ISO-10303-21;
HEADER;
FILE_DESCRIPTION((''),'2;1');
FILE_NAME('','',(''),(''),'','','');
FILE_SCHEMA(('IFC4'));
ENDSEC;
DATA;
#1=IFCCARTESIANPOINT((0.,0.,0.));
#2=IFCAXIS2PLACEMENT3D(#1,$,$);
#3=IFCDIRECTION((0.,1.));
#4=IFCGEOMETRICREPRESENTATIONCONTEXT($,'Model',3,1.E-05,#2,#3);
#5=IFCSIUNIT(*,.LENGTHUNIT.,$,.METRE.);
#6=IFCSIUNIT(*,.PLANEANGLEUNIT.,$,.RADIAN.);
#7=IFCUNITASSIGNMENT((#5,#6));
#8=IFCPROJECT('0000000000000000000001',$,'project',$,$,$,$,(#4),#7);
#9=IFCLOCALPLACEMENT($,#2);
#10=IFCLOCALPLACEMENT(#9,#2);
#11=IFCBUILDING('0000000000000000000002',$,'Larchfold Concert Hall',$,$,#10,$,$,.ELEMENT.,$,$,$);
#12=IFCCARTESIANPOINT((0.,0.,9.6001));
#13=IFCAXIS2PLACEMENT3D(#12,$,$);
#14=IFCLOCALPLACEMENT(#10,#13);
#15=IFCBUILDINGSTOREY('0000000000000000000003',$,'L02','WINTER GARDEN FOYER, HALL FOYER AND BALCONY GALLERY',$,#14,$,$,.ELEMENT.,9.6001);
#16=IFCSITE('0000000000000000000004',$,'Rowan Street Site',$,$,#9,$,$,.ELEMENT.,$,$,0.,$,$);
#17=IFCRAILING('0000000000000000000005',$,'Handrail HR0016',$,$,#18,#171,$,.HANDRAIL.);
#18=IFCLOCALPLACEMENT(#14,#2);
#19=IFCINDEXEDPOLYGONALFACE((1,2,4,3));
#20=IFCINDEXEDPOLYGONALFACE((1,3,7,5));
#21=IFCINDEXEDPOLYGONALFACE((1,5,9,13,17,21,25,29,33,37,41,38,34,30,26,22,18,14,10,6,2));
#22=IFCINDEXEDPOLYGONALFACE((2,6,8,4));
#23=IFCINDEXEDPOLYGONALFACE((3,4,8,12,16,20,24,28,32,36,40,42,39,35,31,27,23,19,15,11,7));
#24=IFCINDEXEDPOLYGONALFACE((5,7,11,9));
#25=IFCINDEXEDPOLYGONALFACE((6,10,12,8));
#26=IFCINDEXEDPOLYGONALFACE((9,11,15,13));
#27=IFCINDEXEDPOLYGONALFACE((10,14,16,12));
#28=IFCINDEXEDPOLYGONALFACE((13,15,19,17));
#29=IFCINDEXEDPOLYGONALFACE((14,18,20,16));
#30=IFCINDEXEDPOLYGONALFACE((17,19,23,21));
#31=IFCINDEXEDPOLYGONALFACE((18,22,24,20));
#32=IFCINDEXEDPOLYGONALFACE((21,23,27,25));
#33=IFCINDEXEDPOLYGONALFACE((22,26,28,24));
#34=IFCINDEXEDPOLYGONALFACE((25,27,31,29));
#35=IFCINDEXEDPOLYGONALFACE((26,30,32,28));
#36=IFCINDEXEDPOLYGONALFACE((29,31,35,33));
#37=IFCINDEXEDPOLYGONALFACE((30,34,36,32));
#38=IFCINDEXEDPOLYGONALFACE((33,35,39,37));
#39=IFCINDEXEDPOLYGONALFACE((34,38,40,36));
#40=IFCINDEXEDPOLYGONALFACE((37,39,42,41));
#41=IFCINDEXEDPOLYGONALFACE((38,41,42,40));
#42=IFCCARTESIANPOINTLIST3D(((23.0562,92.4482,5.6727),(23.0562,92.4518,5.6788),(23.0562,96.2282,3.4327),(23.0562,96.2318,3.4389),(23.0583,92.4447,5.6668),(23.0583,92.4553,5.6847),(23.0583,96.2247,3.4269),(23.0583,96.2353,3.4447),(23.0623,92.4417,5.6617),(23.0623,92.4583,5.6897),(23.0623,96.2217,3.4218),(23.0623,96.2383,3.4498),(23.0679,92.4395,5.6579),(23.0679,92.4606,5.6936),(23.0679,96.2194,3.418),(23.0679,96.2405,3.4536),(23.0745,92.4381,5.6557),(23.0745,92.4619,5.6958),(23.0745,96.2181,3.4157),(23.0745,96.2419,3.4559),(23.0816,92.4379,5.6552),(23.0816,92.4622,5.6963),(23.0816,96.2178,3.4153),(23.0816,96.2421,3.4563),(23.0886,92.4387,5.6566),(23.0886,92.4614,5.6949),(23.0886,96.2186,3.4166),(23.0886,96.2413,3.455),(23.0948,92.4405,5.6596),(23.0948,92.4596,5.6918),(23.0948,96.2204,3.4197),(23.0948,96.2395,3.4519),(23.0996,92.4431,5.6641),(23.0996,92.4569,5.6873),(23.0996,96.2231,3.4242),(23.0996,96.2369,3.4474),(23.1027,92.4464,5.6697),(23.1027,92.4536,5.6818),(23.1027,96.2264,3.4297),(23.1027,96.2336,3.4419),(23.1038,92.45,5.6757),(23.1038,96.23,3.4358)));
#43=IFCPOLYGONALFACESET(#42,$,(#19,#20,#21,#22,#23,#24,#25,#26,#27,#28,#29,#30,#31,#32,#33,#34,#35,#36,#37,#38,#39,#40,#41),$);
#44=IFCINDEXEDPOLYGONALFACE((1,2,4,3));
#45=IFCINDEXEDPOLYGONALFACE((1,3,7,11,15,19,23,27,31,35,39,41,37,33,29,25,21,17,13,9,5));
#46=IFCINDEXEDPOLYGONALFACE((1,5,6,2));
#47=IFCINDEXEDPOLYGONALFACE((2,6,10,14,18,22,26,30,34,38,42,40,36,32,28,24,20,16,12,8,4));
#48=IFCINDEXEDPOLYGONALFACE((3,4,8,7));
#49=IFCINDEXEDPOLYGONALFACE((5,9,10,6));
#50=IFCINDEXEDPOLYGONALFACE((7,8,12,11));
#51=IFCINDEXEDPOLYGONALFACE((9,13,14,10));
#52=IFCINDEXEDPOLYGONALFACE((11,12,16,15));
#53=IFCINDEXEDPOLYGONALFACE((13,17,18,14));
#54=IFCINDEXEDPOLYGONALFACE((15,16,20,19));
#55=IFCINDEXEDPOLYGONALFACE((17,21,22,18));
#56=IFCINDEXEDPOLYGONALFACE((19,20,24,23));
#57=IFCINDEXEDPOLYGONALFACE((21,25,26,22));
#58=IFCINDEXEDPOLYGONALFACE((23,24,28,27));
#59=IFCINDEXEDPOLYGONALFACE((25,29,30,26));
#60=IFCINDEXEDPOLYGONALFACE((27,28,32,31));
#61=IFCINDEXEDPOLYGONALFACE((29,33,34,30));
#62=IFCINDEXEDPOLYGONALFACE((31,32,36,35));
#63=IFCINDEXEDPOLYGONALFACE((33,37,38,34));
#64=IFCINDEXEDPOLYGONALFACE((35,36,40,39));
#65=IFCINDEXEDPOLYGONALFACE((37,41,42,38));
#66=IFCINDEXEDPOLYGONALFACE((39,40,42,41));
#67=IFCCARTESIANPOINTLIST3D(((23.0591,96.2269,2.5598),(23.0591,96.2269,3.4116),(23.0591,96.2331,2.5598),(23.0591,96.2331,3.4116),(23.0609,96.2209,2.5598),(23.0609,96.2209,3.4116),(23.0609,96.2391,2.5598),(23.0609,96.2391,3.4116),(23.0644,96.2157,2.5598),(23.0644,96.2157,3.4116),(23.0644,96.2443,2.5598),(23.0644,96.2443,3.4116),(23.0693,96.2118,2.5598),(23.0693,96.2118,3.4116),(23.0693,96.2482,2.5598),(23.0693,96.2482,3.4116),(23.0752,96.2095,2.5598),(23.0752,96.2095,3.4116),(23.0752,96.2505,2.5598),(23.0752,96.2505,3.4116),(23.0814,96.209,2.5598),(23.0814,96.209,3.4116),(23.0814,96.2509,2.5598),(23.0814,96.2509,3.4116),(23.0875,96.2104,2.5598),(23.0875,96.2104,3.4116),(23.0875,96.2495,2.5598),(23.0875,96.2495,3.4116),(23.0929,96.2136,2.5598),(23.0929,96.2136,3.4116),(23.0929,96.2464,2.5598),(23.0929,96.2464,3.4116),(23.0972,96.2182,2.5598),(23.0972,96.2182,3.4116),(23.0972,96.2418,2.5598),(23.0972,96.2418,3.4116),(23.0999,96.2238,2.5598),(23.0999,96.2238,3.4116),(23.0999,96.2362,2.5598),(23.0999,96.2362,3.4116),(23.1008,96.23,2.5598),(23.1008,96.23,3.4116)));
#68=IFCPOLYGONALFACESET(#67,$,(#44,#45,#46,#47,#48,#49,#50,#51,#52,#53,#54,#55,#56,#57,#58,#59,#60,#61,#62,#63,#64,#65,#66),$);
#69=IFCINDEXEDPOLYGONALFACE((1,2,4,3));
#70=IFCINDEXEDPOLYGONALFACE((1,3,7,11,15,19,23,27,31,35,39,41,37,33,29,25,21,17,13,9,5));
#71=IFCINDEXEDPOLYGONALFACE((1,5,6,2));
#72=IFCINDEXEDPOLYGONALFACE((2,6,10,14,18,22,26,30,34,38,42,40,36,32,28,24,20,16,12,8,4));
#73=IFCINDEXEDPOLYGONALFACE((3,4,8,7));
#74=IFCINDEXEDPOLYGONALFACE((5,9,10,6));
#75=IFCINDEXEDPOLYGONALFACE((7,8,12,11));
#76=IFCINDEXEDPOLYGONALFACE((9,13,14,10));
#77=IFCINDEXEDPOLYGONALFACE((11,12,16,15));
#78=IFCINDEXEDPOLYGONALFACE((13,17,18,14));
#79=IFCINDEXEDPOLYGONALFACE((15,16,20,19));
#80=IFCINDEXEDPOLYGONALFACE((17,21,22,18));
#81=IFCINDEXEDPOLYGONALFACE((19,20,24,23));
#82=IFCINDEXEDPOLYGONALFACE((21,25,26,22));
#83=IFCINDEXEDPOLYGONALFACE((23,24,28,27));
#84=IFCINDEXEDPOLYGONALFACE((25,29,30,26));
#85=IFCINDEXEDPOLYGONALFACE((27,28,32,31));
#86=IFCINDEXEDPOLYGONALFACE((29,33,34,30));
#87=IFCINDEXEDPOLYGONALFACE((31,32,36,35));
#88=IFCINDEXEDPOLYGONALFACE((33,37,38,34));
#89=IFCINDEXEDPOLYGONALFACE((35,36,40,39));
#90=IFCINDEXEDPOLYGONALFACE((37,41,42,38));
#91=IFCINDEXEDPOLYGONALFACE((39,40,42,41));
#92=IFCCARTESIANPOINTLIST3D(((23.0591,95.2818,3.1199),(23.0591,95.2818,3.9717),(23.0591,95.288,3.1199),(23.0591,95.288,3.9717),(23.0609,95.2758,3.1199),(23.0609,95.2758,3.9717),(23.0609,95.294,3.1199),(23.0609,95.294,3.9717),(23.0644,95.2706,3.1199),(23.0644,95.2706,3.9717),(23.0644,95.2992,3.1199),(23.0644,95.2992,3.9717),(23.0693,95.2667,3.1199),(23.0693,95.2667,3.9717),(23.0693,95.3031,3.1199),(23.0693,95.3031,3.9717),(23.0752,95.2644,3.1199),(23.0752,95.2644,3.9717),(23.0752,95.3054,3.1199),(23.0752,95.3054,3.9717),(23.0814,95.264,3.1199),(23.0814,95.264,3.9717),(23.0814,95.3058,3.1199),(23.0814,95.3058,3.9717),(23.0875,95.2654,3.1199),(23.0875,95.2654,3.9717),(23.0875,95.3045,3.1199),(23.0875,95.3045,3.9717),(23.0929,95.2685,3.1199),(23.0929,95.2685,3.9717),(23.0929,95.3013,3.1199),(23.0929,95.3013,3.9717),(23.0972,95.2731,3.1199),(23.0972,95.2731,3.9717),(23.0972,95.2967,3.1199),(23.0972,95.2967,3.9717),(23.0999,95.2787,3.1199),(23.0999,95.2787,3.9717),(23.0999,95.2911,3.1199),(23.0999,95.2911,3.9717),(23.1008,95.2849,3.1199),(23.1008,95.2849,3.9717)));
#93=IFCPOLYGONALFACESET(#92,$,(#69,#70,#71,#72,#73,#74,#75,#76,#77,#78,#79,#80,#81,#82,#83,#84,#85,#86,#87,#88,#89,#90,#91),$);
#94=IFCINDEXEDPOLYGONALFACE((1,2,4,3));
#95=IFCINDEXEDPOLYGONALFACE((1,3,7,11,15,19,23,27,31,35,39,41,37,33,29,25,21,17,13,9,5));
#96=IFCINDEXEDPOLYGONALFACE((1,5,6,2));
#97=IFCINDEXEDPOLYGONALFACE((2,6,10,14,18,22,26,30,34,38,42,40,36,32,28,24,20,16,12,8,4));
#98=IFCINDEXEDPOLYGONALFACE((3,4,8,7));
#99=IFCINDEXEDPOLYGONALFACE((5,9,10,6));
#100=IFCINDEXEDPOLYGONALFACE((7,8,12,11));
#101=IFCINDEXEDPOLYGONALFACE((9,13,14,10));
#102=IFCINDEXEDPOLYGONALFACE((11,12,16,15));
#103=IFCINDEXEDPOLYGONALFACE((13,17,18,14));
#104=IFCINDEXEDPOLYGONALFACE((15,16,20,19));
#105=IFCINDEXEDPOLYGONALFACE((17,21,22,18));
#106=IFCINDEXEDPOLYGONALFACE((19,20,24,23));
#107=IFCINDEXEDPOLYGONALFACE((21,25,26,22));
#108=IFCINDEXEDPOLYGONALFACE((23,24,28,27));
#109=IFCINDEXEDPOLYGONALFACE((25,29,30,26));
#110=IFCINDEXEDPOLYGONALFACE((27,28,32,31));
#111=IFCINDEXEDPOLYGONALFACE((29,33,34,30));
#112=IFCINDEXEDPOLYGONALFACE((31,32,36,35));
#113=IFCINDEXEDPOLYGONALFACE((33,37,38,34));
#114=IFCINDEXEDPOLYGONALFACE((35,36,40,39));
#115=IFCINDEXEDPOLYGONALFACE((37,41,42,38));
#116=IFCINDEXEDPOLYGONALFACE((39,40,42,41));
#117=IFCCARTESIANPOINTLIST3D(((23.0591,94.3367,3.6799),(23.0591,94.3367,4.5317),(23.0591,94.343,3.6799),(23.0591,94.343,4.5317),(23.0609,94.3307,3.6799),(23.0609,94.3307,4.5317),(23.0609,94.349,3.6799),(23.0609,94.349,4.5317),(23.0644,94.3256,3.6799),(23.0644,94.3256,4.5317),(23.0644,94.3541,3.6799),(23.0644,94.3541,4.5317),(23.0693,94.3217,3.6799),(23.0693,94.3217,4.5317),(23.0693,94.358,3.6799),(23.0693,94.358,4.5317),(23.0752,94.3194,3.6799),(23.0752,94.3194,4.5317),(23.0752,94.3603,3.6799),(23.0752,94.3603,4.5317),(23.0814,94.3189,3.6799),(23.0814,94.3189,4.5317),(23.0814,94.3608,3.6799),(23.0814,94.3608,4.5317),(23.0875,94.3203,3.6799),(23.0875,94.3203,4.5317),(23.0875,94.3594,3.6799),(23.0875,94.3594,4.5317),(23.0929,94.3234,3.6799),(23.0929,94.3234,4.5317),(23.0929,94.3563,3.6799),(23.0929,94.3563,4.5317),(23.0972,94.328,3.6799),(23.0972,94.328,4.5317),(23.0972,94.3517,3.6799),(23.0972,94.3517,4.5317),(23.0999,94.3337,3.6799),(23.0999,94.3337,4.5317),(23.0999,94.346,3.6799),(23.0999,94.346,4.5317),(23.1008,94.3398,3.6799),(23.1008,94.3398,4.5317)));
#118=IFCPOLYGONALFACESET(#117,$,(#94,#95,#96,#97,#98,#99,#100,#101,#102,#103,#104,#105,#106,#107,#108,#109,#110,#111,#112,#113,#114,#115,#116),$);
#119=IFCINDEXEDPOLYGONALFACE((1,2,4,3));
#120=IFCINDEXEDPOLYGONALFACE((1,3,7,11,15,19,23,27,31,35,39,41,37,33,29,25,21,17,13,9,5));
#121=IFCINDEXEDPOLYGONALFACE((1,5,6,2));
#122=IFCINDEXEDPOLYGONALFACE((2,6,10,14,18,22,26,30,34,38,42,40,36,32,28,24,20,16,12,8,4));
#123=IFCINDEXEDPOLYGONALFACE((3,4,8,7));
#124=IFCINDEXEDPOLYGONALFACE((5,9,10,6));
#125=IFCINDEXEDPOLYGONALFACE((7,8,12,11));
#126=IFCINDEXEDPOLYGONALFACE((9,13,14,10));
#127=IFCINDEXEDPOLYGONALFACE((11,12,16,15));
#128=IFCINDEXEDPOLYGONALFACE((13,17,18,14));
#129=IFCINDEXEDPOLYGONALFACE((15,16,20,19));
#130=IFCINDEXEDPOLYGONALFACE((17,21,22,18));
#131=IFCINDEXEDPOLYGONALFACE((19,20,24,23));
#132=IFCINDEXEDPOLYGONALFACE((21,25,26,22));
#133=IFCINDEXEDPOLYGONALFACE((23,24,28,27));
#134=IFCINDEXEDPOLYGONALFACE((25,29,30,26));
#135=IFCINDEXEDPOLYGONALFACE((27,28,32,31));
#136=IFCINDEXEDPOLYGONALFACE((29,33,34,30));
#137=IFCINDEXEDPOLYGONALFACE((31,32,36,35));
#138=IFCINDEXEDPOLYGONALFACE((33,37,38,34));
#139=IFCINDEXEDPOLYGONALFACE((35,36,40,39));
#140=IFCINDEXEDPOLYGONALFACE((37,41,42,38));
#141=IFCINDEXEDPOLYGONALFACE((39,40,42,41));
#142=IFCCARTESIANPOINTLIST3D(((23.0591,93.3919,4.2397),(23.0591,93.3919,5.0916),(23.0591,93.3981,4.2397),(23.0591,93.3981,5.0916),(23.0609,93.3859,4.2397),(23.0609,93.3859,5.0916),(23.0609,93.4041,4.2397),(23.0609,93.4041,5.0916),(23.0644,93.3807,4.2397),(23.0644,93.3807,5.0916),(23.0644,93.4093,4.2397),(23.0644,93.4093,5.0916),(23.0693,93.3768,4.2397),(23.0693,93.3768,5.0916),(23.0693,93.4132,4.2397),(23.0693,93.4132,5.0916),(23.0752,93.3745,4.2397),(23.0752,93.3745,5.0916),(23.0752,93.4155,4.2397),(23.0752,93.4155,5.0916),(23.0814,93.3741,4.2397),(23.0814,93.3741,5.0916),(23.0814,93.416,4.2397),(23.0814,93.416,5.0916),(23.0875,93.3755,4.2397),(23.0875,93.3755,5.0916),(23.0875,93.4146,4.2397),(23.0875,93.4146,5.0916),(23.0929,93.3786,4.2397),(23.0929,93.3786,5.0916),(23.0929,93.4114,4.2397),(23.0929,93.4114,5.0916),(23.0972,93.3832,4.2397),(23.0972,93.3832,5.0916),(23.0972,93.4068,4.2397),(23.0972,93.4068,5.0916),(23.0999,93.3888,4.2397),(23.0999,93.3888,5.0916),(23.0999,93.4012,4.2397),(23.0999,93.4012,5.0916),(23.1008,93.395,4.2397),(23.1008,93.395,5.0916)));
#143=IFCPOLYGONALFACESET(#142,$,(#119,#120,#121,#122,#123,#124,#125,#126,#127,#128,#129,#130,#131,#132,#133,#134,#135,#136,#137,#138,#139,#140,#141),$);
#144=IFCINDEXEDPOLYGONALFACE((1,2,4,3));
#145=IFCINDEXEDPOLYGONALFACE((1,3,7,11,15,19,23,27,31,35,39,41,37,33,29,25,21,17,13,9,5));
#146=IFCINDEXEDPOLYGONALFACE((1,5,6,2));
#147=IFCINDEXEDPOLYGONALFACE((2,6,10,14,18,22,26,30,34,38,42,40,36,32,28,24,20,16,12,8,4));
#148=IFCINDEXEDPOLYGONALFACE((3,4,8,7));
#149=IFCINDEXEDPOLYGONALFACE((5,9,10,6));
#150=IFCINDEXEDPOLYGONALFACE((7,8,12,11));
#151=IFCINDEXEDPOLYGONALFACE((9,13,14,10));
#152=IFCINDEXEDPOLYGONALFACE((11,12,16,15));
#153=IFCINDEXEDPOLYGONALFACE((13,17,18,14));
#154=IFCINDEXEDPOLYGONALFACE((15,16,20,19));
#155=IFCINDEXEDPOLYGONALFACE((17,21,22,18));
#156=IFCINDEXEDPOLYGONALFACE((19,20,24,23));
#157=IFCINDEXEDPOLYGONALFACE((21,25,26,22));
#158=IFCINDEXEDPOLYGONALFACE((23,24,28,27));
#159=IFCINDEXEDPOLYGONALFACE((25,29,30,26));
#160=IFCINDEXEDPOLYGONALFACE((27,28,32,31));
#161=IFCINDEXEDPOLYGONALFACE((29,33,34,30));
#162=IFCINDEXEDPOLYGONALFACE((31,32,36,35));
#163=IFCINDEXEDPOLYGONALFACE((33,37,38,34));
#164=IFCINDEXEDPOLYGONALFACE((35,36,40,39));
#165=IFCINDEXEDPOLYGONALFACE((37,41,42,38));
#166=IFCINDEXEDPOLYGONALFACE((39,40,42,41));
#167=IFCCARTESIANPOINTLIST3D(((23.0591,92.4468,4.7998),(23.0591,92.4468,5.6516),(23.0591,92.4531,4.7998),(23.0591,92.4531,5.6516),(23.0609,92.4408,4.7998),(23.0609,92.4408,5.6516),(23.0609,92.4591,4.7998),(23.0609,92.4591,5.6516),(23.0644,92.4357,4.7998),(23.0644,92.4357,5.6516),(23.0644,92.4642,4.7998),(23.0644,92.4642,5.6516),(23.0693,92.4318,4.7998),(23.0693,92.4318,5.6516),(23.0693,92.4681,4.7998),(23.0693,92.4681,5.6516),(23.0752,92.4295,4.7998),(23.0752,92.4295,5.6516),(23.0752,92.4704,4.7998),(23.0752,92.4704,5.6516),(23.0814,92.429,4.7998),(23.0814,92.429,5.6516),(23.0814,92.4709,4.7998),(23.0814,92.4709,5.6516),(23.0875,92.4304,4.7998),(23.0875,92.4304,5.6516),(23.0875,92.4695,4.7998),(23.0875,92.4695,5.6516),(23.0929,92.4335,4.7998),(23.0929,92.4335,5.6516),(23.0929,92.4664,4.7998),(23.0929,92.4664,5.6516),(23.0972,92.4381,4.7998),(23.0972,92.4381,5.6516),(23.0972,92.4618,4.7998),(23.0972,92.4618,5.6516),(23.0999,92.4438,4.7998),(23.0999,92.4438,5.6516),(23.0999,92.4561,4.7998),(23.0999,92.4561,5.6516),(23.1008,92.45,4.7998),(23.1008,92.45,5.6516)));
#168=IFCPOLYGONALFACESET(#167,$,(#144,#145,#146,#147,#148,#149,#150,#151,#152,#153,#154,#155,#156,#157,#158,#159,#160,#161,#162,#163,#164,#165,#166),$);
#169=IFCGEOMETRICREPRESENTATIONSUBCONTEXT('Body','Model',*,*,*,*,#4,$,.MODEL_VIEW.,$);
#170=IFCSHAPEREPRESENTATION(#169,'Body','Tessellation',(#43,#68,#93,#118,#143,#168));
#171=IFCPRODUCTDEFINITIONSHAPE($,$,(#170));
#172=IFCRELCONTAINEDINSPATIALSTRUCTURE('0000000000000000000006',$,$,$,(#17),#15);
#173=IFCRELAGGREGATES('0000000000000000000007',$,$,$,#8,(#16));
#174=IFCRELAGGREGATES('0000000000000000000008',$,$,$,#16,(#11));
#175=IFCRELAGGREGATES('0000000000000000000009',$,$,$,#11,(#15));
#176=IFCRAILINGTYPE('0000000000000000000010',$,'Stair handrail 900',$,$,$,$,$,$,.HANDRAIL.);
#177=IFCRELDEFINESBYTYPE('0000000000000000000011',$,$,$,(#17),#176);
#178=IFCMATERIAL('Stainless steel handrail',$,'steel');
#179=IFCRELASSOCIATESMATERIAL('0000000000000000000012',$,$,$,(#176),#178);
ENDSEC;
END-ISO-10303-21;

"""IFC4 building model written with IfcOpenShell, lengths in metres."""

from ifc_helpers import new_model, si_unit, direction, frame, origin, origin_2d, place, context, subcontext, project, spatial, circle, extrude, material, type_object, element, save


model = new_model("IFC4")

# Units and contexts
model_context = context("Model", 3, precision=1e-05, world=origin(), true_north=direction((0.0, 1.0)))
body_context = subcontext(model_context, "Body", "Model", "MODEL_VIEW")
ifc_project = project(units=[si_unit("LENGTHUNIT", "METRE"), si_unit("PLANEANGLEUNIT", "RADIAN")], contexts=[model_context])

# Site, building, storey
site_placement = place(None, origin())
site = spatial("IfcSite", under=ifc_project, at=site_placement, Name="Rowan Street Site", CompositionType="ELEMENT", RefElevation=0.0)
building_placement = place(site_placement, origin())
building = spatial("IfcBuilding", under=site, at=building_placement, Name="Larchfold Concert Hall", CompositionType="ELEMENT")
storey_placement = place(building_placement, frame((0.0, 0.0, 9.6001)))
storey = spatial("IfcBuildingStorey", under=building, at=storey_placement, Name="L02", Description="WINTER GARDEN FOYER, HALL FOYER AND BALCONY GALLERY", CompositionType="ELEMENT", Elevation=9.6001)

# Railing
ifc_material_1 = material(Name="Stainless steel handrail", Category="steel")
railing_type_1 = type_object("IfcRailingType", Name="Stair handrail 900", PredefinedType="HANDRAIL", material=ifc_material_1)
for number, where, name in (
    (1, (23.0798, 96.23, 2.5598), "Handrail HR0016"),
):
    element("IfcRailing", number, at=place(storey_placement, frame(where)), inside=storey, type_object=railing_type_1, Name=name, PredefinedType="HANDRAIL", context=body_context, shape_type="SweptSolid", body=[
        extrude(circle(Radius=0.0239, at=origin_2d()), frame((0.0, 0.0, 0.876), z_axis=(0.0, -0.860294, 0.509798), x_axis=(1.0, 0.0, 0.0)), (0.0, 0.0, 1.0), 4.3938),
        extrude(circle(Radius=0.021, at=origin_2d()), origin(), (0.0, 0.0, 1.0), 0.8518),
        extrude(circle(Radius=0.021, at=origin_2d()), frame((0.0, -0.9451, 0.5601)), (0.0, 0.0, 1.0), 0.8518),
        extrude(circle(Radius=0.021, at=origin_2d()), frame((0.0, -1.8901, 1.1201)), (0.0, 0.0, 1.0), 0.8518),
        extrude(circle(Radius=0.021, at=origin_2d()), frame((0.0, -2.835, 1.6799)), (0.0, 0.0, 1.0), 0.8518),
        extrude(circle(Radius=0.021, at=origin_2d()), frame((0.0, -3.78, 2.24)), (0.0, 0.0, 1.0), 0.8518),
    ])

save(model, "model.ifc")
